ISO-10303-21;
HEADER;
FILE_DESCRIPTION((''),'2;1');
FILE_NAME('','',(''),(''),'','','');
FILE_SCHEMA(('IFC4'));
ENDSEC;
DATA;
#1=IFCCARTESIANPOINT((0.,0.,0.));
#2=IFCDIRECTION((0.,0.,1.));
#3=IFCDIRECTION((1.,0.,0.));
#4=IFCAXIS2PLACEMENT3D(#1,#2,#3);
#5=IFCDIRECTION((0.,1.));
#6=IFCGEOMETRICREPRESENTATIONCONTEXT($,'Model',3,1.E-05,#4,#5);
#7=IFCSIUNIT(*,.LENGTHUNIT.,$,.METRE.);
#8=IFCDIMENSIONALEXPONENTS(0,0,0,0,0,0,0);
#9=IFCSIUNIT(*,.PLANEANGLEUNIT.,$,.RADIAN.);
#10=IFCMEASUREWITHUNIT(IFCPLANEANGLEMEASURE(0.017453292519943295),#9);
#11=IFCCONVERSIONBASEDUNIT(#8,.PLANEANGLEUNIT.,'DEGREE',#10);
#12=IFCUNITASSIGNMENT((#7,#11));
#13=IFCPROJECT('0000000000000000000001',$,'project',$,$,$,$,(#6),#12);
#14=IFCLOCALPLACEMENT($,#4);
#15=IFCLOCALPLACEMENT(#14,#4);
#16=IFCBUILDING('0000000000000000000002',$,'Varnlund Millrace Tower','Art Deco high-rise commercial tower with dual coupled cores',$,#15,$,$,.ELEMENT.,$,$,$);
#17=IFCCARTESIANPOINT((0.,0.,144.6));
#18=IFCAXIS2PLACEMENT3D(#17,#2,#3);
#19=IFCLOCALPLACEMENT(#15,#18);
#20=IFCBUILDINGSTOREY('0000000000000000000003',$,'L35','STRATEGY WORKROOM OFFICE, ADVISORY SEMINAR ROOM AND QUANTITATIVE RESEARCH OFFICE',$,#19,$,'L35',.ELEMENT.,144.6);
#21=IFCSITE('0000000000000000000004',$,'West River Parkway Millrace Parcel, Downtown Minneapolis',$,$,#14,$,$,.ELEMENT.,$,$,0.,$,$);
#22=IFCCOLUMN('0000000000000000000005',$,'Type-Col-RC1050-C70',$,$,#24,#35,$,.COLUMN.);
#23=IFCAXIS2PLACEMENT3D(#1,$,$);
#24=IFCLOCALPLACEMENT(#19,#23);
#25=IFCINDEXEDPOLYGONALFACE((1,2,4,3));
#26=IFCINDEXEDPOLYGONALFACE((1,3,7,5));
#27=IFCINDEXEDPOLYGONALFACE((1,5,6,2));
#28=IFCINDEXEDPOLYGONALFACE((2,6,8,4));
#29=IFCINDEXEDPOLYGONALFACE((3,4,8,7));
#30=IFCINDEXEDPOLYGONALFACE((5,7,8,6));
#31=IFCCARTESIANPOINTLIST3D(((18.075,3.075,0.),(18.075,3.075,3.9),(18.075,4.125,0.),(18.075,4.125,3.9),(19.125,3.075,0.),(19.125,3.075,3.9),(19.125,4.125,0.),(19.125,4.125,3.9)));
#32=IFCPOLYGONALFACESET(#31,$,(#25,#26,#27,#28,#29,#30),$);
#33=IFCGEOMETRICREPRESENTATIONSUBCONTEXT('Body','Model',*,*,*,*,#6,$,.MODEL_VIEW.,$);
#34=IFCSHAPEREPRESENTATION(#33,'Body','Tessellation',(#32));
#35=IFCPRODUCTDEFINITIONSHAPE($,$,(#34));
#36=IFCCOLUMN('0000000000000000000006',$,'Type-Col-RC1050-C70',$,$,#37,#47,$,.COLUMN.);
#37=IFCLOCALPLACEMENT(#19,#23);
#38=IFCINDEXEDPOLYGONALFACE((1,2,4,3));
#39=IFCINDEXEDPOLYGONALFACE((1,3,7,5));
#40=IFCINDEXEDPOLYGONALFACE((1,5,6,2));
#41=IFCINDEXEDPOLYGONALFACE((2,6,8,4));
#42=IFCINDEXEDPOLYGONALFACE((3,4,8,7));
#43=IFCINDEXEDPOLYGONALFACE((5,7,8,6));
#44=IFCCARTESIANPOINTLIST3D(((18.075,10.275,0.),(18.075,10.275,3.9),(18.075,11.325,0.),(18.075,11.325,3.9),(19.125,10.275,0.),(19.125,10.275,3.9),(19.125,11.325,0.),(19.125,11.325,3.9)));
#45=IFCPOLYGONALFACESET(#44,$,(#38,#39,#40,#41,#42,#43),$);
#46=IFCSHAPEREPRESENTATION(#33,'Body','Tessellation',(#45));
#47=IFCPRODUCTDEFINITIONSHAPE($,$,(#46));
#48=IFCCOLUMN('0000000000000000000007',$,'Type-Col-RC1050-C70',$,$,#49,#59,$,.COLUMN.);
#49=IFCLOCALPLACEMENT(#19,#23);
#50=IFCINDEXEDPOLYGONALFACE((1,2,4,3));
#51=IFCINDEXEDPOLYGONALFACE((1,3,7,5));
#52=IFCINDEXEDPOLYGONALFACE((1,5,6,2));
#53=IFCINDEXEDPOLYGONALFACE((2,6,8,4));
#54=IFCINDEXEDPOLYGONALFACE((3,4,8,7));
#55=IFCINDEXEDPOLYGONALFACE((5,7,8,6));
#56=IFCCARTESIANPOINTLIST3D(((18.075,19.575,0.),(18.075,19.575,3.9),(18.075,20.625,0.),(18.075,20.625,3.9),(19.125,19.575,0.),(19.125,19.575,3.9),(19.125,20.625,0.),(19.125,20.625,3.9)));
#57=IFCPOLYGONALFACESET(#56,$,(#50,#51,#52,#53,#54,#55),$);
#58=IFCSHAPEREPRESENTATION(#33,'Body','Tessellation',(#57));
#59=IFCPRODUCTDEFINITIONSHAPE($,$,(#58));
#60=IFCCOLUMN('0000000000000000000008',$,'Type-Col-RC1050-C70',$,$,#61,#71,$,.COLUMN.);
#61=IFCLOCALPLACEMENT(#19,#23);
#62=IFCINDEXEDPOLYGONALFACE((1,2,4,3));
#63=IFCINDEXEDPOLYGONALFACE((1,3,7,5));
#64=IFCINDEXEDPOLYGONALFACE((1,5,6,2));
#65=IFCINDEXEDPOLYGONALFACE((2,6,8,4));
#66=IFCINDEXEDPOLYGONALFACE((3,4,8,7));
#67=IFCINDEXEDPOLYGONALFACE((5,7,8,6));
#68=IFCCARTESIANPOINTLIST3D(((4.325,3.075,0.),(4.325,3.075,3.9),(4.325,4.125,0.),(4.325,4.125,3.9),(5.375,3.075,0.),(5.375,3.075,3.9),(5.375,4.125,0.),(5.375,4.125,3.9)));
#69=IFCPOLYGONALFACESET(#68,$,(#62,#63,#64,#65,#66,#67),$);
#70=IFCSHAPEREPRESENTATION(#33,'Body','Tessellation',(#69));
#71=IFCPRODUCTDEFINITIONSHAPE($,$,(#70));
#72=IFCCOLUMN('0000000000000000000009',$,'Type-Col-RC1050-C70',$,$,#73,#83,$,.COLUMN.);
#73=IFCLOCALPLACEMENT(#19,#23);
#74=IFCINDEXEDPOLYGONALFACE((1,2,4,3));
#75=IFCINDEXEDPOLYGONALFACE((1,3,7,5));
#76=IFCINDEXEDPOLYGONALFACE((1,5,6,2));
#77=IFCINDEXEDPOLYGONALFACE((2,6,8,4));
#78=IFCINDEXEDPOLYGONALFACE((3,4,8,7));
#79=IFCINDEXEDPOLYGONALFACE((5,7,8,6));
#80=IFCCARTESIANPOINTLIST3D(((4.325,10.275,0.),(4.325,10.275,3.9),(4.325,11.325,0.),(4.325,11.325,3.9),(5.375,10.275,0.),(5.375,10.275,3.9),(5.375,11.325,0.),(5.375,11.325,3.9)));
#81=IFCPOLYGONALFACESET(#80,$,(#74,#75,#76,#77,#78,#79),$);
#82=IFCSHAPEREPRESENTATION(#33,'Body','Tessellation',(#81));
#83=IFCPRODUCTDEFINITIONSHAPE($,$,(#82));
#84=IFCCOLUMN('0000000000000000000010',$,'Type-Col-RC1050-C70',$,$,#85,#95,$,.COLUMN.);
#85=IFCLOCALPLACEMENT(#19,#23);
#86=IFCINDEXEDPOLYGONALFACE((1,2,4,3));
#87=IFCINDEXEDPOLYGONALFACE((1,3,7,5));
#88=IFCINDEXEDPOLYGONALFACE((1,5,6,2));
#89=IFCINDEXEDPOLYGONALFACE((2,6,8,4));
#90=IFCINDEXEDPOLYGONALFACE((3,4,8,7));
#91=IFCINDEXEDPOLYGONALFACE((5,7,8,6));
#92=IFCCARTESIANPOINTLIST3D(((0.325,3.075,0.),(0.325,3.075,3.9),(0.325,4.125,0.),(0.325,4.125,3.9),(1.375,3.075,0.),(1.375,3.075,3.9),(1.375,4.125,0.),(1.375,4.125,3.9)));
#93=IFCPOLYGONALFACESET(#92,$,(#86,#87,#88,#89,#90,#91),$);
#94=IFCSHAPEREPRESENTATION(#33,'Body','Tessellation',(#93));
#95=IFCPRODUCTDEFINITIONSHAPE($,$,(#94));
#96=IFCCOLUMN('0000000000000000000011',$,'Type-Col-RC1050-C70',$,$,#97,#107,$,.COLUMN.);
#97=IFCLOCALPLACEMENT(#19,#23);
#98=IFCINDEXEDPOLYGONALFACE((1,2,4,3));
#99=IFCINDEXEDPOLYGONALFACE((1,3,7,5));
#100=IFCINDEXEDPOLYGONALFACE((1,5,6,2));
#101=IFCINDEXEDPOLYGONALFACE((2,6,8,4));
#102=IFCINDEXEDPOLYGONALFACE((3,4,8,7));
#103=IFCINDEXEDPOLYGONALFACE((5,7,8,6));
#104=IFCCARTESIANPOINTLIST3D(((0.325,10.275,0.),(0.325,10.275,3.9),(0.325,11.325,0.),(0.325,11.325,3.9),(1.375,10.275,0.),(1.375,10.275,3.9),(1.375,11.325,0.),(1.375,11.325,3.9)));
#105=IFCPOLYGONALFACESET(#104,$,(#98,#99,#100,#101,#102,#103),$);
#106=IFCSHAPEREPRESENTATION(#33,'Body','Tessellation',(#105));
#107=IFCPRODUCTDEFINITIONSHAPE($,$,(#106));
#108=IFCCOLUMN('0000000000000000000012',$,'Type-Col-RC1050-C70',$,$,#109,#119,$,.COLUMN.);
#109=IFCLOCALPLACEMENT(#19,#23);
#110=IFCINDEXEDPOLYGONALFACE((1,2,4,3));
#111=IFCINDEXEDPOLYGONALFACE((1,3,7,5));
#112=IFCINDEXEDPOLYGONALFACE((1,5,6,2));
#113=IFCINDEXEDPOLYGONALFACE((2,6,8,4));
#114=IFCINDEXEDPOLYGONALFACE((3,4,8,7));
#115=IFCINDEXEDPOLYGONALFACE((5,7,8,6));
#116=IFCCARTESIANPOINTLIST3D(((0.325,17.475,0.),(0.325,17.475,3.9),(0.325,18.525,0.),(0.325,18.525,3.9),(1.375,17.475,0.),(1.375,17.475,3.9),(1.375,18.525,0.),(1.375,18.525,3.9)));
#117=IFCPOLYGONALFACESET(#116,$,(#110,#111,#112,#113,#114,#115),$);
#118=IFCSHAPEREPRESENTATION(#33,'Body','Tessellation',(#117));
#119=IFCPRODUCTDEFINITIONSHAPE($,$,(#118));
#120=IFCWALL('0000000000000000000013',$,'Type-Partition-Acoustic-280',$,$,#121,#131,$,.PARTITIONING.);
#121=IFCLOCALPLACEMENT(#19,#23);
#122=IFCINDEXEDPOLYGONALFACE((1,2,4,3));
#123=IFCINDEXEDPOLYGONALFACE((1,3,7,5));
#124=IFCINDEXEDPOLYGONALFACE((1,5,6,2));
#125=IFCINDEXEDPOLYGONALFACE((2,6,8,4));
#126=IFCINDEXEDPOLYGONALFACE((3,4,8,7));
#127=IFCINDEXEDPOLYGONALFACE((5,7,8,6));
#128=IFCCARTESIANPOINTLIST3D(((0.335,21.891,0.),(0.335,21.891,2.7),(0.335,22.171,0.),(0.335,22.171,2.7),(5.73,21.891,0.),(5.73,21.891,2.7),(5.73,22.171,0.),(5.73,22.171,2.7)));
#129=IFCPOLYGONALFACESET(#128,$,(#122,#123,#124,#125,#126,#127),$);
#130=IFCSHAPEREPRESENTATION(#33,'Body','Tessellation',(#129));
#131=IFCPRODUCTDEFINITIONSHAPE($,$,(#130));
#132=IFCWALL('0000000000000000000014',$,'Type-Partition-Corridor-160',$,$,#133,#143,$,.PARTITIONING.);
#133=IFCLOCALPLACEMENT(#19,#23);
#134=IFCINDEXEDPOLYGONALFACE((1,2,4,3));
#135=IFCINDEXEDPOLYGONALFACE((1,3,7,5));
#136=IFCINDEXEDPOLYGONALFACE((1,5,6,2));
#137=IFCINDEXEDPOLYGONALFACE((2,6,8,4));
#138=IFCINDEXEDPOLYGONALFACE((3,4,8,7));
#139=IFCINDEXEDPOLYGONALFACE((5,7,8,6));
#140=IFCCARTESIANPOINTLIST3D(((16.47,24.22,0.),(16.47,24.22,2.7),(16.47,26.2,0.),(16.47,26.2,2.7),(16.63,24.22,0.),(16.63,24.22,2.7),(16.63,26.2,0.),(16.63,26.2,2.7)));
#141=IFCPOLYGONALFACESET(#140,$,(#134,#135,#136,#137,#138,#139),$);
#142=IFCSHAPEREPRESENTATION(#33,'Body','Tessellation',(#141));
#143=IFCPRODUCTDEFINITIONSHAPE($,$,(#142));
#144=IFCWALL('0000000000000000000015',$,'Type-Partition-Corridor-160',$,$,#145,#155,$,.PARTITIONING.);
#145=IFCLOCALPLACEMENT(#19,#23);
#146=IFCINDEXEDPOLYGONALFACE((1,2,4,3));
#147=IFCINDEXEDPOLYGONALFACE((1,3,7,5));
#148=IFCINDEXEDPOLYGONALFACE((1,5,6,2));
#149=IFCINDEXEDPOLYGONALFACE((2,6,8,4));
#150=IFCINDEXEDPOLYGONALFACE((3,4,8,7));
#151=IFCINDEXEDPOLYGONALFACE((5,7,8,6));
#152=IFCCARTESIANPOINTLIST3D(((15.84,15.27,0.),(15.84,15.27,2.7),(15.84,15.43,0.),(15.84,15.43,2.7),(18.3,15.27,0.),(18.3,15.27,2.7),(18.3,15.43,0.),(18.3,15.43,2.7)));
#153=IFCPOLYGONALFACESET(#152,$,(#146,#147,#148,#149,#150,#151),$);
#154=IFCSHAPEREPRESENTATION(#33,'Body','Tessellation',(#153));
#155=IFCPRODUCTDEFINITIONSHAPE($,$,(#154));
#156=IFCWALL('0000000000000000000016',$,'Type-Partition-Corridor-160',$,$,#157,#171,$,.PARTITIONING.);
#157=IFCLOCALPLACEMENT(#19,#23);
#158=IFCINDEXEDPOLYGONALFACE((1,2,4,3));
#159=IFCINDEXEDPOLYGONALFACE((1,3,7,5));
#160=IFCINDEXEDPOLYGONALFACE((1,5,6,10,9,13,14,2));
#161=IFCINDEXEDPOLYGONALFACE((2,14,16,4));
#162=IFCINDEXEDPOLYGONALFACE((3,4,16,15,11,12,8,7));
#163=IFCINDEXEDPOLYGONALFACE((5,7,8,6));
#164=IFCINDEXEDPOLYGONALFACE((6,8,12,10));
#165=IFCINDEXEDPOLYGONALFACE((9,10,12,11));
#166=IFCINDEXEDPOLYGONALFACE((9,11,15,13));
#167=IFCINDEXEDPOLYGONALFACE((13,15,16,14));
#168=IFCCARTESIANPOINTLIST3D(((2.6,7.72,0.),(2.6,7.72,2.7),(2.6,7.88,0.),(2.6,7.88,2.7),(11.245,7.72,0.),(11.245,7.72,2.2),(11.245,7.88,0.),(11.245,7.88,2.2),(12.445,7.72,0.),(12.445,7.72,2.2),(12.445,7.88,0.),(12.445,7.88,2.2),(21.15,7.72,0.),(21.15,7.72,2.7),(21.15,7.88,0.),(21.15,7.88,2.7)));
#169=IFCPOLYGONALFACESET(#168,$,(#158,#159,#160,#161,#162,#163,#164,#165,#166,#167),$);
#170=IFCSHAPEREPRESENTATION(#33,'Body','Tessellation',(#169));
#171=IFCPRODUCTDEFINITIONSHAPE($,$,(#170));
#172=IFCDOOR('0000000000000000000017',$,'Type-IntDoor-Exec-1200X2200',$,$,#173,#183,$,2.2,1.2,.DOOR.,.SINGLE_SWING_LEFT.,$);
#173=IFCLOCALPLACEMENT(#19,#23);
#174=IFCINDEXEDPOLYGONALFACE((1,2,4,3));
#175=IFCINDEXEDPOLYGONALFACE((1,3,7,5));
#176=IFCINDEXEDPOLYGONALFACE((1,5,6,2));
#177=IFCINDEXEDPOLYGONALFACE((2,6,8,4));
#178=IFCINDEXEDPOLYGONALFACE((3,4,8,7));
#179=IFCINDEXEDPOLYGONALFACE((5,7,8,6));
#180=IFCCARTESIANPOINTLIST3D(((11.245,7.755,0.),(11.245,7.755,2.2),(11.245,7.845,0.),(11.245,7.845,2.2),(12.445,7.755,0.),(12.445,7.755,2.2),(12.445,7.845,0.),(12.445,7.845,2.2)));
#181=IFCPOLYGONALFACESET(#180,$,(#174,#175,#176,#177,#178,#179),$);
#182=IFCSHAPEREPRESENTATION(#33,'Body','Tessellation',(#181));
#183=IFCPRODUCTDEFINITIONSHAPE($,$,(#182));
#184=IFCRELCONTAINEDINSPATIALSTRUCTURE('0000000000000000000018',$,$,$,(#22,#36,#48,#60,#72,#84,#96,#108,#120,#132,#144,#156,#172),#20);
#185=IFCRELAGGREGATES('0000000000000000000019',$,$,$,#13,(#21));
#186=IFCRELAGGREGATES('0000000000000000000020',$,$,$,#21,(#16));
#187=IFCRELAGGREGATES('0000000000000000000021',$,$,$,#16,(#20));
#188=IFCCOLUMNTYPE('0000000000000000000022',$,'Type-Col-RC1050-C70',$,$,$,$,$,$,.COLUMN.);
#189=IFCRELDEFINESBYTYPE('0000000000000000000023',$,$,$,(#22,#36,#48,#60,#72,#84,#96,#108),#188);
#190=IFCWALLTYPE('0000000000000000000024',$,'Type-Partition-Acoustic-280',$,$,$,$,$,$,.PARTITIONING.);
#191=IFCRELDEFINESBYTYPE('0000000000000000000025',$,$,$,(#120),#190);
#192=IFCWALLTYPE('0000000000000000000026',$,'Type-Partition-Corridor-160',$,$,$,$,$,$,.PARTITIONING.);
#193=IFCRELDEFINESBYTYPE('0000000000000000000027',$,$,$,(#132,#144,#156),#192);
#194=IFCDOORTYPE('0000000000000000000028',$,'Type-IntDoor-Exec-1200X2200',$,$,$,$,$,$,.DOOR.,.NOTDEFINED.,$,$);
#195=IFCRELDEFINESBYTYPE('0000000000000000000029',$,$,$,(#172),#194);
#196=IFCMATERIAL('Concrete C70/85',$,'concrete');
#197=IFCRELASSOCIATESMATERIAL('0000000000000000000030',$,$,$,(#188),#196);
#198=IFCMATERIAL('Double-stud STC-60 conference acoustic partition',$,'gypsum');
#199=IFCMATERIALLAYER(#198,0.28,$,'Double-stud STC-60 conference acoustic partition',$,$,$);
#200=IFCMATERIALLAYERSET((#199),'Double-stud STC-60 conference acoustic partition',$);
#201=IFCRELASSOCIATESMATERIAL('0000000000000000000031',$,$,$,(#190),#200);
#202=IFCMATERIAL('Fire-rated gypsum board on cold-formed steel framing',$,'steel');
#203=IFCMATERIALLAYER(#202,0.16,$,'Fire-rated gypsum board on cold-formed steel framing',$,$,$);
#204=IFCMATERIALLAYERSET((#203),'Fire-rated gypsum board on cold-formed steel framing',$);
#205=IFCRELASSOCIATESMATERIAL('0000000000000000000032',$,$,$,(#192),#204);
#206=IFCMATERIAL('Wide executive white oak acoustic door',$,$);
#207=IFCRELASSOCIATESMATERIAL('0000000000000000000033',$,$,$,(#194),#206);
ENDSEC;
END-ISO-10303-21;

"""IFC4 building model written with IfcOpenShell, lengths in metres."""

from ifc_helpers import new_model, entity, si_unit, converted_unit, direction, frame, origin_with_axes, origin_2d_with_axis, place, context, subcontext, project, spatial, polyline, rectangle, outline, extrude, material, layer, layer_set, material_profile, profile_set, type_object, element, fill, save


model = new_model("IFC4")

# Units and contexts
model_context = context("Model", 3, precision=1e-05, world=origin_with_axes(), true_north=direction((0.0, 1.0)))
body_context = subcontext(model_context, "Body", "Model", "MODEL_VIEW")
ifc_project = project(units=[si_unit("LENGTHUNIT", "METRE"), converted_unit("PLANEANGLEUNIT", "DEGREE", entity("IfcPlaneAngleMeasure", 0.017453292519943295), si_unit("PLANEANGLEUNIT", "RADIAN"), dimensions=[0, 0, 0, 0, 0, 0, 0])], contexts=[model_context])

# Site, building, storey
site_placement = place(None, origin_with_axes())
site = spatial("IfcSite", under=ifc_project, at=site_placement, Name="West River Parkway Millrace Parcel, Downtown Minneapolis", CompositionType="ELEMENT", RefElevation=0.0)
building_placement = place(site_placement, origin_with_axes())
building = spatial("IfcBuilding", under=site, at=building_placement, Name="Varnlund Millrace Tower", Description="Art Deco high-rise commercial tower with dual coupled cores", CompositionType="ELEMENT")
storey_placement = place(building_placement, frame((0.0, 0.0, 144.6), z_axis=(0.0, 0.0, 1.0), x_axis=(1.0, 0.0, 0.0)))
storey = spatial("IfcBuildingStorey", under=building, at=storey_placement, Name="L35", Description="STRATEGY WORKROOM OFFICE, ADVISORY SEMINAR ROOM AND QUANTITATIVE RESEARCH OFFICE", LongName="L35", CompositionType="ELEMENT", Elevation=144.6)

# Columns
ifc_material_1 = material(Name="Concrete C70/85", Category="concrete")
ifc_material_profile = material_profile(ifc_material_1, rectangle(XDim=1.05, YDim=1.05, at=origin_2d_with_axis()), Name="Concrete C70/85")
ifc_profile_set = profile_set([ifc_material_profile], Name="Concrete C70/85")
column_type = type_object("IfcColumnType", Name="Type-Col-RC1050-C70", PredefinedType="COLUMN", material=ifc_profile_set)
for number, where, z_axis, x_axis, name in (
    (1, (18.6, 3.6, 0.0), (0.0, 0.0, 1.0), (1.0, 0.0, 0.0), "Type-Col-RC1050-C70"),
    (2, (18.6, 10.8, 0.0), (0.0, 0.0, 1.0), (1.0, 0.0, 0.0), "Type-Col-RC1050-C70"),
    (3, (18.6, 20.1, 0.0), (0.0, 0.0, 1.0), (1.0, 0.0, 0.0), "Type-Col-RC1050-C70"),
    (4, (4.85, 3.6, 0.0), (0.0, 0.0, 1.0), (1.0, 0.0, 0.0), "Type-Col-RC1050-C70"),
    (5, (4.85, 10.8, 0.0), (0.0, 0.0, 1.0), (1.0, 0.0, 0.0), "Type-Col-RC1050-C70"),
    (6, (0.85, 3.6, 0.0), (0.0, 0.0, 1.0), (1.0, 0.0, 0.0), "Type-Col-RC1050-C70"),
    (7, (0.85, 10.8, 0.0), (0.0, 0.0, 1.0), (1.0, 0.0, 0.0), "Type-Col-RC1050-C70"),
    (8, (0.85, 18.0, 0.0), (0.0, 0.0, 1.0), (1.0, 0.0, 0.0), "Type-Col-RC1050-C70"),
):
    element("IfcColumn", number, at=place(storey_placement, frame(where, z_axis=z_axis, x_axis=x_axis)), inside=storey, type_object=column_type, Name=name, PredefinedType="COLUMN", context=body_context, shape_type="SweptSolid", body=[
        extrude(rectangle(XDim=1.05, YDim=1.05, at=origin_2d_with_axis()), origin_with_axes(), (0.0, 0.0, 1.0), 3.9),
    ])

# Walls
ifc_material_2 = material(Name="Double-stud STC-60 conference acoustic partition", Category="gypsum")
ifc_layer_1 = layer(ifc_material_2, 0.28, Name="Double-stud STC-60 conference acoustic partition")
ifc_layer_set_1 = layer_set([ifc_layer_1], Name="Double-stud STC-60 conference acoustic partition")
wall_type_1 = type_object("IfcWallType", Name="Type-Partition-Acoustic-280", PredefinedType="PARTITIONING", material=ifc_layer_set_1)
wall_1_placement = place(storey_placement, frame((0.335, 22.031, 0.0), z_axis=(0.0, 0.0, 1.0), x_axis=(1.0, 0.0, 0.0)))
element("IfcWall", 9, at=wall_1_placement, inside=storey, type_object=wall_type_1, Name="Type-Partition-Acoustic-280", PredefinedType="PARTITIONING", context=body_context, shape_type="SweptSolid", body=[
    extrude(outline(polyline([(0.0, -0.14), (5.395, -0.14), (5.395, 0.14), (0.0, 0.14), (0.0, -0.14)])), origin_with_axes(), (0.0, 0.0, 1.0), 2.7),
])
ifc_material_3 = material(Name="Fire-rated gypsum board on cold-formed steel framing", Category="steel")
ifc_layer_2 = layer(ifc_material_3, 0.16, Name="Fire-rated gypsum board on cold-formed steel framing")
ifc_layer_set_2 = layer_set([ifc_layer_2], Name="Fire-rated gypsum board on cold-formed steel framing")
wall_type_2 = type_object("IfcWallType", Name="Type-Partition-Corridor-160", PredefinedType="PARTITIONING", material=ifc_layer_set_2)
wall_2_placement = place(storey_placement, frame((16.55, 24.22, 0.0), z_axis=(0.0, 0.0, 1.0), x_axis=(0.0, 1.0, 0.0)))
element("IfcWall", 10, at=wall_2_placement, inside=storey, type_object=wall_type_2, Name="Type-Partition-Corridor-160", PredefinedType="PARTITIONING", context=body_context, shape_type="SweptSolid", body=[
    extrude(outline(polyline([(0.0, -0.08), (1.98, -0.08), (1.98, 0.08), (0.0, 0.08), (0.0, -0.08)])), origin_with_axes(), (0.0, 0.0, 1.0), 2.7),
])
wall_3_placement = place(storey_placement, frame((15.84, 15.35, 0.0), z_axis=(0.0, 0.0, 1.0), x_axis=(1.0, 0.0, 0.0)))
element("IfcWall", 11, at=wall_3_placement, inside=storey, type_object=wall_type_2, Name="Type-Partition-Corridor-160", PredefinedType="PARTITIONING", context=body_context, shape_type="SweptSolid", body=[
    extrude(outline(polyline([(0.0, -0.08), (2.46, -0.08), (2.46, 0.08), (0.0, 0.08), (0.0, -0.08)])), origin_with_axes(), (0.0, 0.0, 1.0), 2.7),
])

# Wall, opening, door
wall_4_placement = place(storey_placement, frame((2.6, 7.8, 0.0), z_axis=(0.0, 0.0, 1.0), x_axis=(1.0, 0.0, 0.0)))
wall_4 = element("IfcWall", 12, at=wall_4_placement, inside=storey, type_object=wall_type_2, Name="Type-Partition-Corridor-160", PredefinedType="PARTITIONING", context=body_context, shape_type="SweptSolid", body=[
    extrude(outline(polyline([(0.0, -0.08), (18.55, -0.08), (18.55, 0.08), (0.0, 0.08), (0.0, -0.08)])), origin_with_axes(), (0.0, 0.0, 1.0), 2.7),
])
opening_1_placement = place(wall_4_placement, frame((9.245, 0.0, 0.0), z_axis=(0.0, 0.0, 1.0), x_axis=(1.0, 0.0, 0.0)))
opening_1 = element("IfcOpeningElement", 13, at=opening_1_placement, cuts=wall_4, PredefinedType="OPENING", context=body_context, shape_type="SweptSolid", body=[
    extrude(rectangle(XDim=1.2, YDim=0.18, at=origin_2d_with_axis()), origin_with_axes(), (0.0, 0.0, 1.0), 2.2),
])
ifc_material_4 = material(Name="Wide executive white oak acoustic door")
door_type_1 = type_object("IfcDoorType", Name="Type-IntDoor-Exec-1200X2200", OperationType="NOTDEFINED", PredefinedType="DOOR", material=ifc_material_4)
door_1_placement = place(wall_4_placement, frame((9.245, 0.0, 0.0), z_axis=(0.0, 0.0, 1.0), x_axis=(1.0, 0.0, 0.0)))
door_1 = element("IfcDoor", 14, at=door_1_placement, inside=storey, type_object=door_type_1, Name="Type-IntDoor-Exec-1200X2200", OperationType="SINGLE_SWING_LEFT", OverallHeight=2.2, OverallWidth=1.2, PredefinedType="DOOR", context=body_context, shape_type="SweptSolid", body=[
    extrude(rectangle(XDim=1.2, YDim=0.09, at=origin_2d_with_axis()), origin_with_axes(), (0.0, 0.0, 1.0), 2.2),
])
fill(opening_1, door_1)

save(model, "model.ifc")
